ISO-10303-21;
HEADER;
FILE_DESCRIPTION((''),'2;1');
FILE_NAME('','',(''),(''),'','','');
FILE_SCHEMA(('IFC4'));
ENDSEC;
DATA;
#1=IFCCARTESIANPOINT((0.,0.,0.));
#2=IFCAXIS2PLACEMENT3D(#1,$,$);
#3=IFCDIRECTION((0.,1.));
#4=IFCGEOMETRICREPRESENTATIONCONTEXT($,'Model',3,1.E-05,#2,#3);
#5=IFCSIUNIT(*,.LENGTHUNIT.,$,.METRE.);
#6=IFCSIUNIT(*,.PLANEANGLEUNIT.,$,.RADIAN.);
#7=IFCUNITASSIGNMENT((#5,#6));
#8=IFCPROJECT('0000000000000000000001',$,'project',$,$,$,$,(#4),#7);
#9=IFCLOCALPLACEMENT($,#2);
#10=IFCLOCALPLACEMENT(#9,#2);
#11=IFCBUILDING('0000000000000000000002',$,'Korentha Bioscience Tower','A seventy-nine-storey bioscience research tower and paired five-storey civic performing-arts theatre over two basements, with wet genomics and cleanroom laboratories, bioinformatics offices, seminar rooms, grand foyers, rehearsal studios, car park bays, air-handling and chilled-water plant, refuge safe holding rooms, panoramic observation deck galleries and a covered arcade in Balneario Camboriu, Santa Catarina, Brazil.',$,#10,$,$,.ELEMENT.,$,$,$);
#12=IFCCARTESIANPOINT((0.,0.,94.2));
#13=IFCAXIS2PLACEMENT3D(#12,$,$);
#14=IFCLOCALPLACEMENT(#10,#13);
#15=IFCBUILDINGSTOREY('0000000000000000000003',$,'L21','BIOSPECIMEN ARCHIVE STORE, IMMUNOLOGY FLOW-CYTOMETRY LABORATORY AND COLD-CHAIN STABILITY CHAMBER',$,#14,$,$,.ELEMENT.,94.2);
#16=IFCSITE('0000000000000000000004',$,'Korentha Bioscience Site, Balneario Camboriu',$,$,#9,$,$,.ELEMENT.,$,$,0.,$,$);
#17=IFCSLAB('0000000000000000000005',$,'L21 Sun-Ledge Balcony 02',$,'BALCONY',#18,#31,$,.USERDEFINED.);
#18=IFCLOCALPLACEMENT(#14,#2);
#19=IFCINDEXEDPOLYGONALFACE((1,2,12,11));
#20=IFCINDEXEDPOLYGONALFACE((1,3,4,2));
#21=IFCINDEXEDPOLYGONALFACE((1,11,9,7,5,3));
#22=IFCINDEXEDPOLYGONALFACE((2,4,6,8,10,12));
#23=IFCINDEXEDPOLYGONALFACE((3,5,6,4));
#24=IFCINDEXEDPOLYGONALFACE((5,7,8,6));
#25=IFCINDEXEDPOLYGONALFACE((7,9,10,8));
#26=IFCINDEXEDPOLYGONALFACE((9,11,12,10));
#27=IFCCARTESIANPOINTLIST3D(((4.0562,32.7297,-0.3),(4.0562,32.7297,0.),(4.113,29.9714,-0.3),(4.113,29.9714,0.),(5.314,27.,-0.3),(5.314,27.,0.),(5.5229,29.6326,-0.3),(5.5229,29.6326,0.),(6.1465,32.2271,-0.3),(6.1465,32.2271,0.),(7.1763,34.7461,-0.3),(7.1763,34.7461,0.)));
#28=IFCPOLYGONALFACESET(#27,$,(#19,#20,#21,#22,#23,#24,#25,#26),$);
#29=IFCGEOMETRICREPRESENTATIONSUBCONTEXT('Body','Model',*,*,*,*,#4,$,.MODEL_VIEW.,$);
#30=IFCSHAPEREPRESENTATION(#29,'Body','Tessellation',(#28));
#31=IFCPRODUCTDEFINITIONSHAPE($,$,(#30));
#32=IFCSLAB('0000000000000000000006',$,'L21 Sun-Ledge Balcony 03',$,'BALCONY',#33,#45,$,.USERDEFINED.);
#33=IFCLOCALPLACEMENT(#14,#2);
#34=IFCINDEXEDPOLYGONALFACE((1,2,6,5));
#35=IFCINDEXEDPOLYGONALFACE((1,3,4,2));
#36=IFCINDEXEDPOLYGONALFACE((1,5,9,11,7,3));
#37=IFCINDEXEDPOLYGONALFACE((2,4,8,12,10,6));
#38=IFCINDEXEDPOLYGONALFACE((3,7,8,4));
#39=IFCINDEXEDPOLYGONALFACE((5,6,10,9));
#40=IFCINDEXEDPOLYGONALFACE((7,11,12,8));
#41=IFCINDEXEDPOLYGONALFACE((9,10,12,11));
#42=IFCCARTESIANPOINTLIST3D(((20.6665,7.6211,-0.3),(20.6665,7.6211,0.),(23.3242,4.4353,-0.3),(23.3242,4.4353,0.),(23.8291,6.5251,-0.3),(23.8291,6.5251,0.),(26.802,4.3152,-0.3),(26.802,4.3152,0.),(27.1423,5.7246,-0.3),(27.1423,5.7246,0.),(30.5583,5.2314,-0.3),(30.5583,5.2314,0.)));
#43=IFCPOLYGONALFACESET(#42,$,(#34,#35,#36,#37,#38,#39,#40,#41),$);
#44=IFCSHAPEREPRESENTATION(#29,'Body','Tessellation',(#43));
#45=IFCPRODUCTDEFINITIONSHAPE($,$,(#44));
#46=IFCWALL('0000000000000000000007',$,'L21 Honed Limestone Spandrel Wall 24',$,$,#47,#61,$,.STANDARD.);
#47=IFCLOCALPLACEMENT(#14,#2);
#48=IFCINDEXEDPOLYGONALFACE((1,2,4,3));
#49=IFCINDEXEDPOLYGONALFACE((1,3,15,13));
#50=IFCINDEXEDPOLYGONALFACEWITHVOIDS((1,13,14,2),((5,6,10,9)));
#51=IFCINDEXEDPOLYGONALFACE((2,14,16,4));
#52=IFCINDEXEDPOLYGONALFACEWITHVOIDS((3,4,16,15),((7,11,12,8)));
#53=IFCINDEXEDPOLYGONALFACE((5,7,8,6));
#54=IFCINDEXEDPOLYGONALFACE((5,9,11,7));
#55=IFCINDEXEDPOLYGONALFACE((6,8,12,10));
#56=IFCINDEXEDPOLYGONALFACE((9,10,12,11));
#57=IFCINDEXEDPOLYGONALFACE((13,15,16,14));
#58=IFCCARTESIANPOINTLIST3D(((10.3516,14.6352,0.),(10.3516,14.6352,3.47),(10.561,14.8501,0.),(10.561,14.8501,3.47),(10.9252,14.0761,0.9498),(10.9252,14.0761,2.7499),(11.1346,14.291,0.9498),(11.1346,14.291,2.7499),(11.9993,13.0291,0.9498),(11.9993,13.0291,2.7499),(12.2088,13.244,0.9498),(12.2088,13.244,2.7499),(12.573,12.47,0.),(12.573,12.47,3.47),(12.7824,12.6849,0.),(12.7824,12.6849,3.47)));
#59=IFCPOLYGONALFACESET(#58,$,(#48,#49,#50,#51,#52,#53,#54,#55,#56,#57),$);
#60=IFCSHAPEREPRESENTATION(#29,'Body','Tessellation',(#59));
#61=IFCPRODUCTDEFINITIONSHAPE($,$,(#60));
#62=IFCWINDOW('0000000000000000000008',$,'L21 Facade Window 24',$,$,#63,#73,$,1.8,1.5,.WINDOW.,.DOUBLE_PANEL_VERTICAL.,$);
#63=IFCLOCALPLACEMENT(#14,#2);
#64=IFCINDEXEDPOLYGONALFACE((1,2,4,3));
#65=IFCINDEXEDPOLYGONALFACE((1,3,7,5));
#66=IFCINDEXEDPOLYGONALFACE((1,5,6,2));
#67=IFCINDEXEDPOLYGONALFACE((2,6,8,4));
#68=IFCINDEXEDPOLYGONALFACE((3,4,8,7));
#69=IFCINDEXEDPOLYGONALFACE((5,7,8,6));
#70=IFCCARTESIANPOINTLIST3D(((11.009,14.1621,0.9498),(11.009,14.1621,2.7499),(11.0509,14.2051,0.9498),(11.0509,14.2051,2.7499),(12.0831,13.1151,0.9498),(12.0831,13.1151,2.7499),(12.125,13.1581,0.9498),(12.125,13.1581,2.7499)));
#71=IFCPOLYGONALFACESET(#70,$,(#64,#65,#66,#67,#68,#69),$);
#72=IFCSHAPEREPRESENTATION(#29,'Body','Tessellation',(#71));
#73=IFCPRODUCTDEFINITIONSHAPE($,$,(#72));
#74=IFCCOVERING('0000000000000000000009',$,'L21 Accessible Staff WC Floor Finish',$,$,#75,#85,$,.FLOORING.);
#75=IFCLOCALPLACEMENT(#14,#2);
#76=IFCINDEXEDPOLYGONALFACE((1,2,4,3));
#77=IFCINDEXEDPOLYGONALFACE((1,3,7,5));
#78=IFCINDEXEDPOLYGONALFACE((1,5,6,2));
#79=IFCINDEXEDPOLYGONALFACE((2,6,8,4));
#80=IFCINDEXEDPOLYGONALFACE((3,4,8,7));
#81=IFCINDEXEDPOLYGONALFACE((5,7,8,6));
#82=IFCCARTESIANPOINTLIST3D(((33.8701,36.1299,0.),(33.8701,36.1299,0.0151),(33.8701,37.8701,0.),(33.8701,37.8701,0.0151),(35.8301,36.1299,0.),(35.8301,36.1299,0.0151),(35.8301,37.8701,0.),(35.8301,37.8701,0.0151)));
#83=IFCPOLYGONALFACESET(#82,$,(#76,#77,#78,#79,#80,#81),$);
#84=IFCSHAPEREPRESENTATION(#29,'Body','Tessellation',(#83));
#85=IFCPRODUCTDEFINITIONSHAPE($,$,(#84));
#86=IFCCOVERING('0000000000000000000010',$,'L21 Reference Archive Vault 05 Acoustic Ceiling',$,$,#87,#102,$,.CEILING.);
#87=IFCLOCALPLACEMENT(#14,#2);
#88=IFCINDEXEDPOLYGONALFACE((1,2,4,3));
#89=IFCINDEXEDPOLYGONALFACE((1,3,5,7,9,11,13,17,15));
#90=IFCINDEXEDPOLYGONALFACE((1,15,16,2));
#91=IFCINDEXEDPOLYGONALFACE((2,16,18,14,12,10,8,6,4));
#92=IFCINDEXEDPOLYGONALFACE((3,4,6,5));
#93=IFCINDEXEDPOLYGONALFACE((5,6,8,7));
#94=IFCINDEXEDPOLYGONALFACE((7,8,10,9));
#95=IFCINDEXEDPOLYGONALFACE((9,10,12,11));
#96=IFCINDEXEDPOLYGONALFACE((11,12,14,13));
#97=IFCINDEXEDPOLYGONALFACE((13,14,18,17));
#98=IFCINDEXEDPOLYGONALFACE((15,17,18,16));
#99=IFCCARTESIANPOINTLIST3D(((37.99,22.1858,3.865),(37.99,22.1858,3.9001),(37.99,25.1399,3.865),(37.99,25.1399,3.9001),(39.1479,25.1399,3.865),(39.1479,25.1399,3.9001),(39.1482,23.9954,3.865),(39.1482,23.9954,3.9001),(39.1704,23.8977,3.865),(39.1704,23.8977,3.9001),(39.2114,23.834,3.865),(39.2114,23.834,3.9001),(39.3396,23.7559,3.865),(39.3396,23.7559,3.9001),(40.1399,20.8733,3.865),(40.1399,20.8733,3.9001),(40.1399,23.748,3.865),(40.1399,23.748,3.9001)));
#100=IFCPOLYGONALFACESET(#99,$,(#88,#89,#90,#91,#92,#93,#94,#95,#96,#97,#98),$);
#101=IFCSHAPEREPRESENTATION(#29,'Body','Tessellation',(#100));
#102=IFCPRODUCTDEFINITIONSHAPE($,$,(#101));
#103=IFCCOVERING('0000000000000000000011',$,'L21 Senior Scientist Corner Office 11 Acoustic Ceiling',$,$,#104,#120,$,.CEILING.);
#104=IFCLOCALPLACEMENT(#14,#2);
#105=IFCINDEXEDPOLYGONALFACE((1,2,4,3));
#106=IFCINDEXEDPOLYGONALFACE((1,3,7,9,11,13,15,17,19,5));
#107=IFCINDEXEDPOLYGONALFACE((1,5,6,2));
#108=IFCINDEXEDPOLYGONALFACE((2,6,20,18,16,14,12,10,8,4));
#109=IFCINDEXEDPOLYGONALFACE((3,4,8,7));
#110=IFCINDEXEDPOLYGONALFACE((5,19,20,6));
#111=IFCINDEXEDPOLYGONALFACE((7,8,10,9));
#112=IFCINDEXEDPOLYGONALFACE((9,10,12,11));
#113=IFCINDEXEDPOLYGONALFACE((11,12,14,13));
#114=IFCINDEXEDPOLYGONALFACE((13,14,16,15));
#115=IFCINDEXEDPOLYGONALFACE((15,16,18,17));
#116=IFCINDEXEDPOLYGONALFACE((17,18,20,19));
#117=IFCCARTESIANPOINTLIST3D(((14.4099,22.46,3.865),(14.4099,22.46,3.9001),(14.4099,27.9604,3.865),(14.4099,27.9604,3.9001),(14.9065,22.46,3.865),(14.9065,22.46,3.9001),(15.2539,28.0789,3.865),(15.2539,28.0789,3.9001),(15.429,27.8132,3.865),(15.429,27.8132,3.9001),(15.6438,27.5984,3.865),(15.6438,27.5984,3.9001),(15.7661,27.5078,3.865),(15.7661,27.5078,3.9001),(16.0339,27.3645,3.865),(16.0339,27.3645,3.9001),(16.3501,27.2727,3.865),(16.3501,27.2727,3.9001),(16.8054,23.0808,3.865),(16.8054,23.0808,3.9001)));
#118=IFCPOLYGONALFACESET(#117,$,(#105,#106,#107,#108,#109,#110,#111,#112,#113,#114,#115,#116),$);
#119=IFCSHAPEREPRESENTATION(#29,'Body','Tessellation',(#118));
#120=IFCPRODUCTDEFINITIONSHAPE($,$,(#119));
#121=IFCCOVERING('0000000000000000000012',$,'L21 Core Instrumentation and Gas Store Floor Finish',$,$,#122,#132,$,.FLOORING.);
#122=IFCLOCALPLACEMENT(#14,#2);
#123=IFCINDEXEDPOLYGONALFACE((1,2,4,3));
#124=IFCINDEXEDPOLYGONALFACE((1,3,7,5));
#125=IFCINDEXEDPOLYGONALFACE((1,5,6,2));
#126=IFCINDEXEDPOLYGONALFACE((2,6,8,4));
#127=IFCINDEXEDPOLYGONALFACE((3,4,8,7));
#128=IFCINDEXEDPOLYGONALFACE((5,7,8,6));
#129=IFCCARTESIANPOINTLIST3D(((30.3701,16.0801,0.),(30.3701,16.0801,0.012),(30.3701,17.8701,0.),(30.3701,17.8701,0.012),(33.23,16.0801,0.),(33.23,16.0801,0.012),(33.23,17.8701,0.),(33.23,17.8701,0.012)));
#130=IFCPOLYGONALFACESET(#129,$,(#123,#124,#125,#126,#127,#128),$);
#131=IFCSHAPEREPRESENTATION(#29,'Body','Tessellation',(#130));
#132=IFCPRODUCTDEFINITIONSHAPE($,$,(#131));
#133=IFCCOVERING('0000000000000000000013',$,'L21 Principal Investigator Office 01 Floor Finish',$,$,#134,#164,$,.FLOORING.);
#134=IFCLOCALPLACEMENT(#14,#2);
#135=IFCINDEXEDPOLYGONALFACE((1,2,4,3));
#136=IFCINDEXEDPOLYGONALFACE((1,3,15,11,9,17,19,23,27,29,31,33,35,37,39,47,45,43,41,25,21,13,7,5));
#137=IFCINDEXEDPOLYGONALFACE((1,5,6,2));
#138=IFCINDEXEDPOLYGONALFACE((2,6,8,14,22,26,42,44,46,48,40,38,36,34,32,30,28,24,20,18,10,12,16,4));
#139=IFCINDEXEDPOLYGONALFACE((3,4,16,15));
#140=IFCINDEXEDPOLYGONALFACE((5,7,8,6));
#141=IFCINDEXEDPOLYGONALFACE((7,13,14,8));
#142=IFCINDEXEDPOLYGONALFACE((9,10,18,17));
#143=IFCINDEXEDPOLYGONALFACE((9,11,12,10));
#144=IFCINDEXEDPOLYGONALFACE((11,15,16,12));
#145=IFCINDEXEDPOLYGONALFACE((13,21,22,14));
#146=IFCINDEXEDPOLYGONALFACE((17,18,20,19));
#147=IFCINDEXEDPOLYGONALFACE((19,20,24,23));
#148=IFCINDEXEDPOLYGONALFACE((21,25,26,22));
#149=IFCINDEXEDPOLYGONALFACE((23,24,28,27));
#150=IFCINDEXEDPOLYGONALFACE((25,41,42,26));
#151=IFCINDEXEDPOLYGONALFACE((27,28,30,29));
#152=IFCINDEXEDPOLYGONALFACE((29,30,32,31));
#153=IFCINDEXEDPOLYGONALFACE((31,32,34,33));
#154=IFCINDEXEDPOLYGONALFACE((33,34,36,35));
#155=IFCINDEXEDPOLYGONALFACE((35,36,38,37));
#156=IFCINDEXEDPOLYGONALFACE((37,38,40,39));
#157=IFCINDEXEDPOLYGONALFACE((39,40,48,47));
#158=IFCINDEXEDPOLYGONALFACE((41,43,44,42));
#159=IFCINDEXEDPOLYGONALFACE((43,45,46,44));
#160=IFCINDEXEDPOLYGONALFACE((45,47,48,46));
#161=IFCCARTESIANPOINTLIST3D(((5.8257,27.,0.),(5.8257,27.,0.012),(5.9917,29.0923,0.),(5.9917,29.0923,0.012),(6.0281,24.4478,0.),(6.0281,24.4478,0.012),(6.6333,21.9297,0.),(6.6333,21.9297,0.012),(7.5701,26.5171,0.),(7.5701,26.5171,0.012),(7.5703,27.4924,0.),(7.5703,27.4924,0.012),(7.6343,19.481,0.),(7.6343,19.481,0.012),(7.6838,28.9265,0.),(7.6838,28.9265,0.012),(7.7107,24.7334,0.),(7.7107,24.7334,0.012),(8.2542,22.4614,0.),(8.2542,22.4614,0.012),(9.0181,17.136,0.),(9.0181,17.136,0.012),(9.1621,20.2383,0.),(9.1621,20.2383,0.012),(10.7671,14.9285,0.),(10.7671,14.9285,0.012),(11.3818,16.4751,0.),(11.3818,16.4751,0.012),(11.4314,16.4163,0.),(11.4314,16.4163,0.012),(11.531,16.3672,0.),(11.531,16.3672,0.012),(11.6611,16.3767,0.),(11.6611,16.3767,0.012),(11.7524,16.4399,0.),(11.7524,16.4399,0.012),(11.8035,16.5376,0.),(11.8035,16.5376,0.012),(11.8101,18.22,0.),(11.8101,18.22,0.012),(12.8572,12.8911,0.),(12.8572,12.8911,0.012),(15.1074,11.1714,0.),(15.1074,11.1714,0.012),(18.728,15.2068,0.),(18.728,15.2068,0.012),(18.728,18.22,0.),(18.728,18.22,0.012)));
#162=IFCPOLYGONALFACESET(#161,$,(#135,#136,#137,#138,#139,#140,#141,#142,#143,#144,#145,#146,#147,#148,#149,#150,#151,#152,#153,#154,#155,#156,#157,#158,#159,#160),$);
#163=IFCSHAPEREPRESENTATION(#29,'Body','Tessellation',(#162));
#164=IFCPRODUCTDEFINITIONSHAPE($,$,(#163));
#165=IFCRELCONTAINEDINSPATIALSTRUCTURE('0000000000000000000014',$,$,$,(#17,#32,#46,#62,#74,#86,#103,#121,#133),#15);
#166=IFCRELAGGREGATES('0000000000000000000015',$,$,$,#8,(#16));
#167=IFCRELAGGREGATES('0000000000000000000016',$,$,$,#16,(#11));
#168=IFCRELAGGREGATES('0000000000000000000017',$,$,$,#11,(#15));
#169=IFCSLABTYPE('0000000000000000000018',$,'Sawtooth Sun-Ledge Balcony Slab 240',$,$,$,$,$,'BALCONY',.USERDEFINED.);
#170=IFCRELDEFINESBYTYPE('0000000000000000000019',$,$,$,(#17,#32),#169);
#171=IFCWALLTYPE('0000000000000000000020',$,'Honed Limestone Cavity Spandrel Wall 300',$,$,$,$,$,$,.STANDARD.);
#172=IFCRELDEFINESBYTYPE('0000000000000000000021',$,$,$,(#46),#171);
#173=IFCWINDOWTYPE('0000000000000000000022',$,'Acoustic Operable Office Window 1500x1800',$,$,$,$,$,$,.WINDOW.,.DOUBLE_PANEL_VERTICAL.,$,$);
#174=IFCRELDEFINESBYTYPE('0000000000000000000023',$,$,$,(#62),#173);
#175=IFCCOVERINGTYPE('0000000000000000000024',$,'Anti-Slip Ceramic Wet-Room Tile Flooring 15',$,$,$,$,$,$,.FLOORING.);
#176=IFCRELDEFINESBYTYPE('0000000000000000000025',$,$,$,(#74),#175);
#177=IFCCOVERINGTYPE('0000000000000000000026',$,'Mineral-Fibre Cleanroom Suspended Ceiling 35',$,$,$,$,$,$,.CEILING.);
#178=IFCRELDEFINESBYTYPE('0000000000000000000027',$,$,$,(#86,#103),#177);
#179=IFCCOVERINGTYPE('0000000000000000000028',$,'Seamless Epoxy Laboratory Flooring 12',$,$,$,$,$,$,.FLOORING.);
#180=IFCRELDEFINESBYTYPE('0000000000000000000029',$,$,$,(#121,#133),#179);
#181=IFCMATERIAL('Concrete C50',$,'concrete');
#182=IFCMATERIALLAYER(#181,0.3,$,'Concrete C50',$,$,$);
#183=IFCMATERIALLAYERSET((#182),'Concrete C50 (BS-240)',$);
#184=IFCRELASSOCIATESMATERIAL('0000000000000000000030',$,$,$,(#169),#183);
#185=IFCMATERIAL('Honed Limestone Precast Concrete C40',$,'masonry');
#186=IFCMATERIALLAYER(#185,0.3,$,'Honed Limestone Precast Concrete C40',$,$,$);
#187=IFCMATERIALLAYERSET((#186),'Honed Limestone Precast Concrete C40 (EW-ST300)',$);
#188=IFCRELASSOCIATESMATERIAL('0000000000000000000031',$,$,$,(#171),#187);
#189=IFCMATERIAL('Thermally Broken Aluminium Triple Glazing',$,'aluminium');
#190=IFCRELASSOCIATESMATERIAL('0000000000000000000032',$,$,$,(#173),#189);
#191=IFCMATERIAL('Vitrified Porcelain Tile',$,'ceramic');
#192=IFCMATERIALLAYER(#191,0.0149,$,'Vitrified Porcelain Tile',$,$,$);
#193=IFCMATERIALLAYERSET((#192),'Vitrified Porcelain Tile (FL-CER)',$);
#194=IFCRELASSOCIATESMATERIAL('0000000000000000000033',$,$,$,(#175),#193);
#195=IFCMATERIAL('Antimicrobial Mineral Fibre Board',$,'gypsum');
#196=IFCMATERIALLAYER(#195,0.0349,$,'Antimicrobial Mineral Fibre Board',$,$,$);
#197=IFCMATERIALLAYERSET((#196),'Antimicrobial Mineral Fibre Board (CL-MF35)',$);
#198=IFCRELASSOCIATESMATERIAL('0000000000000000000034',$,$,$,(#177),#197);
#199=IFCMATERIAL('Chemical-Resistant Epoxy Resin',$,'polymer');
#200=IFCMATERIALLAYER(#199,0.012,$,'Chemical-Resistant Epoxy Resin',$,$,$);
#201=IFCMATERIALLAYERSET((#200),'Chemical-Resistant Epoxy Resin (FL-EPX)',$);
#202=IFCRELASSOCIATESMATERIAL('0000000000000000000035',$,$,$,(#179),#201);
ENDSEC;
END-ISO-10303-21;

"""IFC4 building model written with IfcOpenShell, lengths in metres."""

from ifc_helpers import new_model, si_unit, direction, frame, frame_2d, origin, place, context, subcontext, project, spatial, polyline, rectangle, outline, extrude, material, layer, layer_set, type_object, element, fill, save


model = new_model("IFC4")

# Units and contexts
model_context = context("Model", 3, precision=1e-05, world=origin(), true_north=direction((0.0, 1.0)))
body_context = subcontext(model_context, "Body", "Model", "MODEL_VIEW")
ifc_project = project(units=[si_unit("LENGTHUNIT", "METRE"), si_unit("PLANEANGLEUNIT", "RADIAN")], contexts=[model_context])

# Site, building, storey
site_placement = place(None, origin())
site = spatial("IfcSite", under=ifc_project, at=site_placement, Name="Korentha Bioscience Site, Balneario Camboriu", CompositionType="ELEMENT", RefElevation=0.0)
building_placement = place(site_placement, origin())
building = spatial("IfcBuilding", under=site, at=building_placement, Name="Korentha Bioscience Tower", Description="A seventy-nine-storey bioscience research tower and paired five-storey civic performing-arts theatre over two basements, with wet genomics and cleanroom laboratories, bioinformatics offices, seminar rooms, grand foyers, rehearsal studios, car park bays, air-handling and chilled-water plant, refuge safe holding rooms, panoramic observation deck galleries and a covered arcade in Balneario Camboriu, Santa Catarina, Brazil.", CompositionType="ELEMENT")
storey_placement = place(building_placement, frame((0.0, 0.0, 94.2)))
storey = spatial("IfcBuildingStorey", under=building, at=storey_placement, Name="L21", Description="BIOSPECIMEN ARCHIVE STORE, IMMUNOLOGY FLOW-CYTOMETRY LABORATORY AND COLD-CHAIN STABILITY CHAMBER", CompositionType="ELEMENT", Elevation=94.2)

# Shared definitions
ifc_material_1 = material(Name="Concrete C50", Category="concrete")

# Slabs
ifc_layer_1 = layer(ifc_material_1, 0.3, Name="Concrete C50")
ifc_layer_set_1 = layer_set([ifc_layer_1], Name="Concrete C50 (BS-240)")
slab_type_1 = type_object("IfcSlabType", Name="Sawtooth Sun-Ledge Balcony Slab 240", ElementType="BALCONY", PredefinedType="USERDEFINED", material=ifc_layer_set_1)
slab_1_placement = place(storey_placement, frame((0.0, 0.0, -0.3)))
element("IfcSlab", 1, at=slab_1_placement, inside=storey, type_object=slab_type_1, Name="L21 Sun-Ledge Balcony 02", ObjectType="BALCONY", PredefinedType="USERDEFINED", context=body_context, shape_type="SweptSolid", body=[
    extrude(outline(polyline([(5.314, 27.0), (5.5229, 29.6326), (6.1465, 32.2271), (7.1763, 34.7461), (4.0562, 32.7297), (4.113, 29.9714), (5.314, 27.0)])), origin(), (0.0, 0.0, 1.0), 0.3),
])
slab_2_placement = place(storey_placement, frame((0.0, 0.0, -0.3)))
element("IfcSlab", 2, at=slab_2_placement, inside=storey, type_object=slab_type_1, Name="L21 Sun-Ledge Balcony 03", ObjectType="BALCONY", PredefinedType="USERDEFINED", context=body_context, shape_type="SweptSolid", body=[
    extrude(outline(polyline([(30.5583, 5.2314), (27.1423, 5.7246), (23.8291, 6.5251), (20.6665, 7.6211), (23.3242, 4.4353), (26.802, 4.3152), (30.5583, 5.2314)])), origin(), (0.0, 0.0, 1.0), 0.3),
])

# Wall, opening, window
ifc_material_2 = material(Name="Honed Limestone Precast Concrete C40", Category="masonry")
ifc_layer_2 = layer(ifc_material_2, 0.3, Name="Honed Limestone Precast Concrete C40")
ifc_layer_set_2 = layer_set([ifc_layer_2], Name="Honed Limestone Precast Concrete C40 (EW-ST300)")
wall_type = type_object("IfcWallType", Name="Honed Limestone Cavity Spandrel Wall 300", PredefinedType="STANDARD", material=ifc_layer_set_2)
wall_placement = place(storey_placement, frame((10.4563, 14.7427, 0.0), z_axis=(0.0, 0.0, 1.0), x_axis=(0.716099, -0.697998, 0.0)))
wall = element("IfcWall", 3, at=wall_placement, inside=storey, type_object=wall_type, Name="L21 Honed Limestone Spandrel Wall 24", PredefinedType="STANDARD", context=body_context, shape_type="SweptSolid", body=[
    extrude(rectangle(XDim=3.1021, YDim=0.3, at=frame_2d((1.551, 0.0))), origin(), (0.0, 0.0, 1.0), 3.47),
])
opening_placement = place(wall_placement, frame((0.801, 0.0, 0.95)))
opening = element("IfcOpeningElement", 4, at=opening_placement, cuts=wall, PredefinedType="OPENING", context=body_context, shape_type="SweptSolid", body=[
    extrude(rectangle(XDim=1.5, YDim=1.8, at=frame_2d((0.75, 0.8999))), frame((0.0, 0.165, 0.0), z_axis=(0.0, -1.0, 0.0), x_axis=(1.0, 0.0, 0.0)), (0.0, 0.0, 1.0), 0.3298),
])
ifc_material_3 = material(Name="Thermally Broken Aluminium Triple Glazing", Category="aluminium")
window_type = type_object("IfcWindowType", Name="Acoustic Operable Office Window 1500x1800", PartitioningType="DOUBLE_PANEL_VERTICAL", PredefinedType="WINDOW", material=ifc_material_3)
window_placement = place(opening_placement, origin())
window = element("IfcWindow", 5, at=window_placement, inside=storey, type_object=window_type, Name="L21 Facade Window 24", OverallHeight=1.8, OverallWidth=1.5, PartitioningType="DOUBLE_PANEL_VERTICAL", PredefinedType="WINDOW", context=body_context, shape_type="SweptSolid", body=[
    extrude(rectangle(XDim=1.5, YDim=1.8, at=frame_2d((0.75, 0.8999))), frame((0.0, 0.03, 0.0), z_axis=(0.0, -1.0, 0.0), x_axis=(1.0, 0.0, 0.0)), (0.0, 0.0, 1.0), 0.0601),
])
fill(opening, window)

# Coverings
ifc_material_4 = material(Name="Vitrified Porcelain Tile", Category="ceramic")
ifc_layer_3 = layer(ifc_material_4, 0.0149, Name="Vitrified Porcelain Tile")
ifc_layer_set_3 = layer_set([ifc_layer_3], Name="Vitrified Porcelain Tile (FL-CER)")
covering_type_1 = type_object("IfcCoveringType", Name="Anti-Slip Ceramic Wet-Room Tile Flooring 15", PredefinedType="FLOORING", material=ifc_layer_set_3)
covering_1_placement = place(storey_placement, origin())
element("IfcCovering", 6, at=covering_1_placement, inside=storey, type_object=covering_type_1, Name="L21 Accessible Staff WC Floor Finish", PredefinedType="FLOORING", context=body_context, shape_type="SweptSolid", body=[
    extrude(outline(polyline([(33.8701, 36.1299), (33.8701, 37.8701), (35.8301, 37.8701), (35.8301, 36.1299), (33.8701, 36.1299)])), origin(), (0.0, 0.0, 1.0), 0.0151),
])
ifc_material_5 = material(Name="Antimicrobial Mineral Fibre Board", Category="gypsum")
ifc_layer_4 = layer(ifc_material_5, 0.0349, Name="Antimicrobial Mineral Fibre Board")
ifc_layer_set_4 = layer_set([ifc_layer_4], Name="Antimicrobial Mineral Fibre Board (CL-MF35)")
covering_type_2 = type_object("IfcCoveringType", Name="Mineral-Fibre Cleanroom Suspended Ceiling 35", PredefinedType="CEILING", material=ifc_layer_set_4)
covering_2_placement = place(storey_placement, frame((0.0, 0.0, 3.865)))
element("IfcCovering", 7, at=covering_2_placement, inside=storey, type_object=covering_type_2, Name="L21 Reference Archive Vault 05 Acoustic Ceiling", PredefinedType="CEILING", context=body_context, shape_type="SweptSolid", body=[
    extrude(outline(polyline([(39.1482, 23.9954), (39.1704, 23.8977), (39.2114, 23.834), (39.3396, 23.7559), (40.1399, 23.748), (40.1399, 20.8733), (37.99, 22.1858), (37.99, 25.1399), (39.1479, 25.1399), (39.1482, 23.9954)])), origin(), (0.0, 0.0, 1.0), 0.0352),
])
covering_3_placement = place(storey_placement, frame((0.0, 0.0, 3.865)))
element("IfcCovering", 8, at=covering_3_placement, inside=storey, type_object=covering_type_2, Name="L21 Senior Scientist Corner Office 11 Acoustic Ceiling", PredefinedType="CEILING", context=body_context, shape_type="SweptSolid", body=[
    extrude(outline(polyline([(14.4099, 22.46), (14.4099, 27.9604), (15.2539, 28.0789), (15.429, 27.8132), (15.6438, 27.5984), (15.7661, 27.5078), (16.0339, 27.3645), (16.3501, 27.2727), (16.8054, 23.0808), (14.9065, 22.46), (14.4099, 22.46)])), origin(), (0.0, 0.0, 1.0), 0.0352),
])
ifc_material_6 = material(Name="Chemical-Resistant Epoxy Resin", Category="polymer")
ifc_layer_5 = layer(ifc_material_6, 0.012, Name="Chemical-Resistant Epoxy Resin")
ifc_layer_set_5 = layer_set([ifc_layer_5], Name="Chemical-Resistant Epoxy Resin (FL-EPX)")
covering_type_3 = type_object("IfcCoveringType", Name="Seamless Epoxy Laboratory Flooring 12", PredefinedType="FLOORING", material=ifc_layer_set_5)
covering_4_placement = place(storey_placement, origin())
element("IfcCovering", 9, at=covering_4_placement, inside=storey, type_object=covering_type_3, Name="L21 Core Instrumentation and Gas Store Floor Finish", PredefinedType="FLOORING", context=body_context, shape_type="SweptSolid", body=[
    extrude(outline(polyline([(30.3701, 16.0801), (30.3701, 17.8701), (33.23, 17.8701), (33.23, 16.0801), (30.3701, 16.0801)])), origin(), (0.0, 0.0, 1.0), 0.012),
])
covering_5_placement = place(storey_placement, origin())
element("IfcCovering", 10, at=covering_5_placement, inside=storey, type_object=covering_type_3, Name="L21 Principal Investigator Office 01 Floor Finish", PredefinedType="FLOORING", context=body_context, shape_type="SweptSolid", body=[
    extrude(outline(polyline([(5.9917, 29.0923), (7.6838, 28.9265), (7.5703, 27.4924), (7.5701, 26.5171), (7.7107, 24.7334), (8.2542, 22.4614), (9.1621, 20.2383), (11.3818, 16.4751), (11.4314, 16.4163), (11.531, 16.3672), (11.6611, 16.3767), (11.7524, 16.4399), (11.8035, 16.5376), (11.8101, 18.22), (18.728, 18.22), (18.728, 15.2068), (15.1074, 11.1714), (12.8572, 12.8911), (10.7671, 14.9285), (9.0181, 17.136), (7.6343, 19.481), (6.6333, 21.9297), (6.0281, 24.4478), (5.8257, 27.0), (5.9917, 29.0923)])), origin(), (0.0, 0.0, 1.0), 0.012),
])

save(model, "model.ifc")
